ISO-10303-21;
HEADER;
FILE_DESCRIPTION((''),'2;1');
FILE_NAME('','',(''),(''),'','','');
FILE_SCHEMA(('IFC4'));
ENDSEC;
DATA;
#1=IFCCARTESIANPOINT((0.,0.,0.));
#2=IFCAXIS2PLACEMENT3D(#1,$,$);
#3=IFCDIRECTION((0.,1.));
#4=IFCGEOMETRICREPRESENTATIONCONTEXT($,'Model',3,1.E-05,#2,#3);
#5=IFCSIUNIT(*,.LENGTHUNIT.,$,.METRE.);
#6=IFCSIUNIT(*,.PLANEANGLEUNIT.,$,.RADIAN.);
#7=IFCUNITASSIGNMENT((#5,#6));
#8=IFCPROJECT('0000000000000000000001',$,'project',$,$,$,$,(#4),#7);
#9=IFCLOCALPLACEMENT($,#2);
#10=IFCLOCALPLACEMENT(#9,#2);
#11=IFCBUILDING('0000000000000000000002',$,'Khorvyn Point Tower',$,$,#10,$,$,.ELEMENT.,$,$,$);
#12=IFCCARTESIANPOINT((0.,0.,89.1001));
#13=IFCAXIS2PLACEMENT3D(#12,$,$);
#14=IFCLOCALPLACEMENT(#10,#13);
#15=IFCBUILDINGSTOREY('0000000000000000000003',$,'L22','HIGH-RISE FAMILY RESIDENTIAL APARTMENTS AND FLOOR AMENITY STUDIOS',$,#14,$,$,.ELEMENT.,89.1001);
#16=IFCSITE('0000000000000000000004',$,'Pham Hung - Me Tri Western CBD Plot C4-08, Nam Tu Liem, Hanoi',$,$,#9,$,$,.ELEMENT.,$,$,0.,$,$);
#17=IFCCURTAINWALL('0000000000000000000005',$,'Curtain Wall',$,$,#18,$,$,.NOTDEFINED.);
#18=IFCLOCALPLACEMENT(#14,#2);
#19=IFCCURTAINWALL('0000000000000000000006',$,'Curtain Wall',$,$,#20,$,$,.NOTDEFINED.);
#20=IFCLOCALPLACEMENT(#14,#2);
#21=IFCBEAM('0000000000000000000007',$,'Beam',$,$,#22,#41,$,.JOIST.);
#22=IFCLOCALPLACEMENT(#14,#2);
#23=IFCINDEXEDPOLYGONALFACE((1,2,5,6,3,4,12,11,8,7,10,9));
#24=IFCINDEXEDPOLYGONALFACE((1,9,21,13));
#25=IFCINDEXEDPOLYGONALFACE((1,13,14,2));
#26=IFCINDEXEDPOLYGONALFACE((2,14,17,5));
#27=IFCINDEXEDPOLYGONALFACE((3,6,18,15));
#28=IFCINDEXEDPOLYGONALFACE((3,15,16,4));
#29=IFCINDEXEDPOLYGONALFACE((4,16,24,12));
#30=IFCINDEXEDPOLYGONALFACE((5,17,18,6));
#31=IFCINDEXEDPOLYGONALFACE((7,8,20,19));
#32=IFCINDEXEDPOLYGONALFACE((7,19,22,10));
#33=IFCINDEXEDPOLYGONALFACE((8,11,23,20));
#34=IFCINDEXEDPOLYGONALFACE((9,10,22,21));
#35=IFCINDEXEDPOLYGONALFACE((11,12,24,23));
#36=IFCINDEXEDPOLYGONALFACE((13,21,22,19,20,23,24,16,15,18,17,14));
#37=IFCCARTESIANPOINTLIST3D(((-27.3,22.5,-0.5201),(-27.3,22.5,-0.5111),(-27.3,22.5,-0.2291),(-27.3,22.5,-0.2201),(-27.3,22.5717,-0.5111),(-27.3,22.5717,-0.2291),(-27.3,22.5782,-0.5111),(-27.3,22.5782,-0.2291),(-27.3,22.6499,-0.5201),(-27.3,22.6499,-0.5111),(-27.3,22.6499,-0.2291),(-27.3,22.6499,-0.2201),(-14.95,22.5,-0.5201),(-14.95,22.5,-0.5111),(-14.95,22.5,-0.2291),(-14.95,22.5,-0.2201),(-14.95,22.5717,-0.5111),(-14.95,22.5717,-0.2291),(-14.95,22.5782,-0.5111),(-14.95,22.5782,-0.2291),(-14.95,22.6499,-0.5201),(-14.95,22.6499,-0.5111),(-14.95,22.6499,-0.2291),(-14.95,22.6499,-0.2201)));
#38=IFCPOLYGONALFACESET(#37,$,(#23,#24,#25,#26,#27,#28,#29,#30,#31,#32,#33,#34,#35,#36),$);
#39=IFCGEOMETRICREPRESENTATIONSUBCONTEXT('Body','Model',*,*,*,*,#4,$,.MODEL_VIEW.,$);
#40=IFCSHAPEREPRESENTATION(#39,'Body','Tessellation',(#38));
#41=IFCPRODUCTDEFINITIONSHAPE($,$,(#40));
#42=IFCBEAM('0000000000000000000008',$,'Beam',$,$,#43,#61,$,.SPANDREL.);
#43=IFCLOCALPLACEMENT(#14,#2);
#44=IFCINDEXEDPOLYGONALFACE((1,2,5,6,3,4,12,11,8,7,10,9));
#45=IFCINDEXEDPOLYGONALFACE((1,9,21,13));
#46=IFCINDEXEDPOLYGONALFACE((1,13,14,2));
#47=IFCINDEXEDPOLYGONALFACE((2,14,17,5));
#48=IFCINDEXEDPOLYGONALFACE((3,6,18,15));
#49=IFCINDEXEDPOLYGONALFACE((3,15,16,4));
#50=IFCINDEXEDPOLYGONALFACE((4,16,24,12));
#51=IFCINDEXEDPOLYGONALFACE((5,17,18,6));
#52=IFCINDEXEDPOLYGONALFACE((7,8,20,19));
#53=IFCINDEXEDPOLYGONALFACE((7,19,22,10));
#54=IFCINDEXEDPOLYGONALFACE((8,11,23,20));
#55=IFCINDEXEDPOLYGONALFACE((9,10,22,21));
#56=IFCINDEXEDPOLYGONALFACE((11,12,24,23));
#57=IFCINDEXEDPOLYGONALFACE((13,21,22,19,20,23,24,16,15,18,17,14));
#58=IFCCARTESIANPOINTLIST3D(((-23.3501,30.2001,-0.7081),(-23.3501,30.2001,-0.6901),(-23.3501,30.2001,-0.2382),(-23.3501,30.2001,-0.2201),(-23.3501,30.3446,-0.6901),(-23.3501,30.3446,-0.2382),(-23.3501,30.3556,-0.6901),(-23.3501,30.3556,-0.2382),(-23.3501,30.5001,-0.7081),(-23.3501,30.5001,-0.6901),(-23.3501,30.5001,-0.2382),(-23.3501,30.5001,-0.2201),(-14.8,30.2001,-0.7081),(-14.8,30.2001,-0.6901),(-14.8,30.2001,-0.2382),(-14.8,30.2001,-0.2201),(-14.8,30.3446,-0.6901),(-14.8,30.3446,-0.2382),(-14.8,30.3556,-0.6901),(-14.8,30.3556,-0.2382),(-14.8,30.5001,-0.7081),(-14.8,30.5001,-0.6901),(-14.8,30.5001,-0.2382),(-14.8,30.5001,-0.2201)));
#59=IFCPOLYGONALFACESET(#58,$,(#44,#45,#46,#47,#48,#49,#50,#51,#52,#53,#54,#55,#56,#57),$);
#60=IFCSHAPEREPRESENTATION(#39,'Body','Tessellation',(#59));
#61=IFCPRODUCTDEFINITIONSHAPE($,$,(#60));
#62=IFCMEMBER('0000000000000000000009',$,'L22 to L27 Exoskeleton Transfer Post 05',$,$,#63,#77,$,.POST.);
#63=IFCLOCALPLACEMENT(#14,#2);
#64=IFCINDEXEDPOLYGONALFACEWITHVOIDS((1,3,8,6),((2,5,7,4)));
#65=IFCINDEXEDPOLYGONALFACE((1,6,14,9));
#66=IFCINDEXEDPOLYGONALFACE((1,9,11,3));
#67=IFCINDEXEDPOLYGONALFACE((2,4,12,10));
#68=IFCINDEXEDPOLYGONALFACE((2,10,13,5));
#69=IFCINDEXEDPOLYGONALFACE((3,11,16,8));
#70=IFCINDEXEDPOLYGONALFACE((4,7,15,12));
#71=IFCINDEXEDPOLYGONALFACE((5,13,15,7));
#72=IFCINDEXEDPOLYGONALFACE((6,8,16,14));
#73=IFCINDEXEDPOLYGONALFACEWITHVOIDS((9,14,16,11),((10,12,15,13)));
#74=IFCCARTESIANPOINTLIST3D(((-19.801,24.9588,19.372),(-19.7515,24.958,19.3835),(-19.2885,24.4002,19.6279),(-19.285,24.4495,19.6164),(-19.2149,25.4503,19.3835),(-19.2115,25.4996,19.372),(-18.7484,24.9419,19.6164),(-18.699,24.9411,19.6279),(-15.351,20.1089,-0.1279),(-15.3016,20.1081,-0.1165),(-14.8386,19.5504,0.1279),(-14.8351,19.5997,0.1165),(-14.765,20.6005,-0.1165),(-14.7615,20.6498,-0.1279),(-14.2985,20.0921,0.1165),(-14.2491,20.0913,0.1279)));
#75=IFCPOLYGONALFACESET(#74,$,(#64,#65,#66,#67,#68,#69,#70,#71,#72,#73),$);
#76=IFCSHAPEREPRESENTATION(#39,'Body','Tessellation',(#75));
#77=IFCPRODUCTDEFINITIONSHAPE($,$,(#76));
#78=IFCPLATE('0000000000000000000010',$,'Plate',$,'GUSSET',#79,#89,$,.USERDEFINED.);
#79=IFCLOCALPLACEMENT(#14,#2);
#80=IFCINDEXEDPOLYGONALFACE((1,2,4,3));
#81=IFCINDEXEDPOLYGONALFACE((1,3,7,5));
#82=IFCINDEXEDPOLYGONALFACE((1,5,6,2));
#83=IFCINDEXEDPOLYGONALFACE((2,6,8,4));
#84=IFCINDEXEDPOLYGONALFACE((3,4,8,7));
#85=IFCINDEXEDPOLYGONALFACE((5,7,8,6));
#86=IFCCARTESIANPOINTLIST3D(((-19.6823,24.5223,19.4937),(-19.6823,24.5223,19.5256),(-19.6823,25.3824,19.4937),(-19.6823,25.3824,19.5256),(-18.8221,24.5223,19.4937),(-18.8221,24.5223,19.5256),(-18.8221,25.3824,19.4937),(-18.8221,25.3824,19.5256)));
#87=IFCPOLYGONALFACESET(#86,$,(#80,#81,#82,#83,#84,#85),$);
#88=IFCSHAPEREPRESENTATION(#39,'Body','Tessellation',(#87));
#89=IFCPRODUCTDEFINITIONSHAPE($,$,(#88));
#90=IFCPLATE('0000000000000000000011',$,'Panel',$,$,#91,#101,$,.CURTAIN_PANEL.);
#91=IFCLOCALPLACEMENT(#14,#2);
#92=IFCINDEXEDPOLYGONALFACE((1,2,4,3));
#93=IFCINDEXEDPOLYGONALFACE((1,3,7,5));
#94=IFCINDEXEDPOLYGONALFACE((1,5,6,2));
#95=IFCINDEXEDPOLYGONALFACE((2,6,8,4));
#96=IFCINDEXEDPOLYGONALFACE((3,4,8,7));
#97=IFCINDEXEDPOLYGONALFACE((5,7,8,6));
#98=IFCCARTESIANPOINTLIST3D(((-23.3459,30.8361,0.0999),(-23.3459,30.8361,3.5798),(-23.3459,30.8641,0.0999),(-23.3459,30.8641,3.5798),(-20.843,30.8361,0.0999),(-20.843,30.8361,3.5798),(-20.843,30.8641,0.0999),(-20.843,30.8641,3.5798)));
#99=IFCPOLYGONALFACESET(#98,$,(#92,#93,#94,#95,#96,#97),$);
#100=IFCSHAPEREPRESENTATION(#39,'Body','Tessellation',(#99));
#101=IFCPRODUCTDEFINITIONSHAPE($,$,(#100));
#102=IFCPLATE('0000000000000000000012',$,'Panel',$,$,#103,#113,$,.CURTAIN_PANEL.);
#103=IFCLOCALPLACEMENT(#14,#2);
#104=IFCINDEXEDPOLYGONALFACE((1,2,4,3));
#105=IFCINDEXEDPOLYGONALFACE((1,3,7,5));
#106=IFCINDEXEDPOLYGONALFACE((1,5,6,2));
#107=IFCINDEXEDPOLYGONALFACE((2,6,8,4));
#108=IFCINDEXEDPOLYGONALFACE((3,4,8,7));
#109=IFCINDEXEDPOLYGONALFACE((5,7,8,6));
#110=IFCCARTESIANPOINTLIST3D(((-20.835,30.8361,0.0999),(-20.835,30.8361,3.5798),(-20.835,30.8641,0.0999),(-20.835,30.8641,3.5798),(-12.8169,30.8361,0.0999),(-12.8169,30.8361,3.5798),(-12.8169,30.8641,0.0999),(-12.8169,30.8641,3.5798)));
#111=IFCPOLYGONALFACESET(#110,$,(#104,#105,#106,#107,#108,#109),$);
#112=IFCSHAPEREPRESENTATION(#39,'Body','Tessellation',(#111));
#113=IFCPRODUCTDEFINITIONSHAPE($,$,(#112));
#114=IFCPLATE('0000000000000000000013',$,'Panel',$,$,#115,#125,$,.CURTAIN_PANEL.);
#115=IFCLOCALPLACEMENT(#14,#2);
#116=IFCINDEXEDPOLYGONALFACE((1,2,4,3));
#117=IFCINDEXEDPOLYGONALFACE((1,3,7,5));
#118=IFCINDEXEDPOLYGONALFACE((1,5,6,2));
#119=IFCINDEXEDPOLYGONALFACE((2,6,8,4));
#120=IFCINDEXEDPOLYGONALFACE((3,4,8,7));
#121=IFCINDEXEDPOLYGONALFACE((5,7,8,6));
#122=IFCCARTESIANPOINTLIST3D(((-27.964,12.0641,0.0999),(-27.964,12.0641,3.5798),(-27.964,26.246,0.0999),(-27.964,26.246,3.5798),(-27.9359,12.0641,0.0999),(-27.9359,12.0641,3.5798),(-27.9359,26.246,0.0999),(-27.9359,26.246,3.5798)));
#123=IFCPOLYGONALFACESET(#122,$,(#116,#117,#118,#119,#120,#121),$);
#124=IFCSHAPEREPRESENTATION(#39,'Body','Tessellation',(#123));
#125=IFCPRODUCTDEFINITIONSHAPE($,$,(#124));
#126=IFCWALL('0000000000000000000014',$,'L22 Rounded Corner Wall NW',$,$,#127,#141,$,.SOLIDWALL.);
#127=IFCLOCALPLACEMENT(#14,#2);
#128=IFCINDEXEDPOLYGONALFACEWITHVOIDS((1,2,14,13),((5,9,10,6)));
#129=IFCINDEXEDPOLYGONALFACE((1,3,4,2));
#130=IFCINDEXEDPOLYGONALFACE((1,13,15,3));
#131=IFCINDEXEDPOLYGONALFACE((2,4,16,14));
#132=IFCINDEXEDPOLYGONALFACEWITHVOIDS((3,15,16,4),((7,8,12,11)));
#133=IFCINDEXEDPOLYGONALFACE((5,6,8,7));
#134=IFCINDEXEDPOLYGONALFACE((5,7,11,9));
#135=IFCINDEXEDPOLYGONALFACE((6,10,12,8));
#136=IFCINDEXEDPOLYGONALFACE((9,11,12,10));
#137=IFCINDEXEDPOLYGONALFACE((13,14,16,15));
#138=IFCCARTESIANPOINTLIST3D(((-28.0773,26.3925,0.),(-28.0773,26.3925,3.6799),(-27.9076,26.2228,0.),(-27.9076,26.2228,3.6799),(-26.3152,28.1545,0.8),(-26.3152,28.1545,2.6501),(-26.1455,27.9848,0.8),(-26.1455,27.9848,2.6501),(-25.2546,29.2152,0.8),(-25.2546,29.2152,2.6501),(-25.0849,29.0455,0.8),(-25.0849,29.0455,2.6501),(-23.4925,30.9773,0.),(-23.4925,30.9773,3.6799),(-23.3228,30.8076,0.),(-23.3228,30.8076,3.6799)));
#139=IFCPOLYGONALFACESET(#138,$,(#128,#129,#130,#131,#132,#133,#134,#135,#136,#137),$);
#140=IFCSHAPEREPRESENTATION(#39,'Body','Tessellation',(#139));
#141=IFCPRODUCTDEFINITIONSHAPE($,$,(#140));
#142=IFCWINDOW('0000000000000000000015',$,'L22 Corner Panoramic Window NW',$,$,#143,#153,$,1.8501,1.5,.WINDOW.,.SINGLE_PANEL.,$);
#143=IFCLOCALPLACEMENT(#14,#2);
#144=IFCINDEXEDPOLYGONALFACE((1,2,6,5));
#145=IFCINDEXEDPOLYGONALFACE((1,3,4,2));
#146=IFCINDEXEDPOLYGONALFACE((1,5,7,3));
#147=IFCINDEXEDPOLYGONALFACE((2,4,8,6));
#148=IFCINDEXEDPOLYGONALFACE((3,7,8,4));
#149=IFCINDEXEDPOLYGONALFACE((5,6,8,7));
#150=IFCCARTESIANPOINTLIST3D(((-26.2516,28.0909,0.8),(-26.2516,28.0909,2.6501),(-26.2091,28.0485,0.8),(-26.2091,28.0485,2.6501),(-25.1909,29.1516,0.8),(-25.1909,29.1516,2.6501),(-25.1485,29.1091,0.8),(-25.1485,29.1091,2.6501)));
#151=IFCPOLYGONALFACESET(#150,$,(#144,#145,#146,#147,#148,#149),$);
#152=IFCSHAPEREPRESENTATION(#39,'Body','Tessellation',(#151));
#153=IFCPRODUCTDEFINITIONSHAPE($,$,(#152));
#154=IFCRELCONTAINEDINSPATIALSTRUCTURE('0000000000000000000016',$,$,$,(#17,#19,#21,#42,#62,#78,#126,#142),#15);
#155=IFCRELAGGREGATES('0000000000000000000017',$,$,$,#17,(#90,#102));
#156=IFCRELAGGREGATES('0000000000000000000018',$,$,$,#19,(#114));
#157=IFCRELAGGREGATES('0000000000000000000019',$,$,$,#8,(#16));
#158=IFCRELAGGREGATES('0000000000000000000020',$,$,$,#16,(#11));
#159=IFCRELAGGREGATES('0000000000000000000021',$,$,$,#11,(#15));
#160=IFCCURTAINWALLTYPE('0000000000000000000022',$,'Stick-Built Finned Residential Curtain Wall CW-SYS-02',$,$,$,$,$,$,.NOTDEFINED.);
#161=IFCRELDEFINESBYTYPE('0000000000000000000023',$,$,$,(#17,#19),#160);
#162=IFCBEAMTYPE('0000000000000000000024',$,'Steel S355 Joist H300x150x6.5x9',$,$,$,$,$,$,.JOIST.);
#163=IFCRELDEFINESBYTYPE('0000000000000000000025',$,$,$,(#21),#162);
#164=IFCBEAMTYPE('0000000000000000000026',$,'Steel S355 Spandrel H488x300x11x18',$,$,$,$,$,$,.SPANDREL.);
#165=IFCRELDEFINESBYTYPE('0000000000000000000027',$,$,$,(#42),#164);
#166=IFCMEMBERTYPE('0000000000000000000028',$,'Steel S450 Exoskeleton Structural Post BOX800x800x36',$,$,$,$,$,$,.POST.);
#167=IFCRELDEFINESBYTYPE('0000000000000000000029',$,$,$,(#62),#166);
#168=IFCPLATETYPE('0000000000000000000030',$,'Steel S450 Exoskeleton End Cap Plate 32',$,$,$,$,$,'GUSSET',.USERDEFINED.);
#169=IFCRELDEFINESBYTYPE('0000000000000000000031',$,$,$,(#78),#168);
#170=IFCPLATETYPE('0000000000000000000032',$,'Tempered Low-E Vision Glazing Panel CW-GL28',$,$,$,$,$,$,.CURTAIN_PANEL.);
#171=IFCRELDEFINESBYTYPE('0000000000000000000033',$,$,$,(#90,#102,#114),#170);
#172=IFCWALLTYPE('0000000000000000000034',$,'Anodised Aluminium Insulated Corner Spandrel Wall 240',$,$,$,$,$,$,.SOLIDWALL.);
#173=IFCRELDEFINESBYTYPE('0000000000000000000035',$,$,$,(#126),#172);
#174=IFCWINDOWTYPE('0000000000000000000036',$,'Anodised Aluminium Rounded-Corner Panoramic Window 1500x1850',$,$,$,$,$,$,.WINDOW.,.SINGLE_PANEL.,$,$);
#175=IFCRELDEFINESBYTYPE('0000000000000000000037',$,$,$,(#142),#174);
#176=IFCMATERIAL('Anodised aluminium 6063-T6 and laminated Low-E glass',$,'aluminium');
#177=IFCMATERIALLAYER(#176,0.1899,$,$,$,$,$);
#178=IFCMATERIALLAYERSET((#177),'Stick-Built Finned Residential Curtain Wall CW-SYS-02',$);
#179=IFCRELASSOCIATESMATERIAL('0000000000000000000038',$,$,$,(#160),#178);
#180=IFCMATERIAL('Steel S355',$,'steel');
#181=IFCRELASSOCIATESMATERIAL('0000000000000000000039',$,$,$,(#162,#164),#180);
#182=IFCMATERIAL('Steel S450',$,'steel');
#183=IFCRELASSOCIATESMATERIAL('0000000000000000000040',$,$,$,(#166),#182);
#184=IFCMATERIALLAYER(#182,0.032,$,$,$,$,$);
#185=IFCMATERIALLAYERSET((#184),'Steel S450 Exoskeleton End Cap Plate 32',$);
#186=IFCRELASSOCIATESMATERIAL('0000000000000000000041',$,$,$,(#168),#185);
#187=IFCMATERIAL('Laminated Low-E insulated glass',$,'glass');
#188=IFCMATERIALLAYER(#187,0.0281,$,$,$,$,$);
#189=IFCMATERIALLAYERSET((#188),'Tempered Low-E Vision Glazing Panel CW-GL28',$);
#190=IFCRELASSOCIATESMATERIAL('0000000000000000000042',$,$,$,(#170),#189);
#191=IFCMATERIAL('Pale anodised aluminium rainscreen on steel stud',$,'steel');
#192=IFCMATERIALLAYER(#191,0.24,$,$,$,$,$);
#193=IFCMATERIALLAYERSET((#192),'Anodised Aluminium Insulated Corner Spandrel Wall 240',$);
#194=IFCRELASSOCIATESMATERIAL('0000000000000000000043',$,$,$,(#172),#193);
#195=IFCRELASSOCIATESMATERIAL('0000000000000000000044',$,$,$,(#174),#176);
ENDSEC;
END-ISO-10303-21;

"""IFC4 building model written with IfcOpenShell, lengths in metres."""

from ifc_helpers import new_model, si_unit, direction, frame, frame_2d, origin, origin_2d, place, context, subcontext, project, spatial, rectangle, hollow_rectangle, i_section, extrude, material, layer, layer_set, material_profile, profile_set, type_object, element, fill, aggregate, save


model = new_model("IFC4")

# Units and contexts
model_context = context("Model", 3, precision=1e-05, world=origin(), true_north=direction((0.0, 1.0)))
body_context = subcontext(model_context, "Body", "Model", "MODEL_VIEW")
ifc_project = project(units=[si_unit("LENGTHUNIT", "METRE"), si_unit("PLANEANGLEUNIT", "RADIAN")], contexts=[model_context])

# Site, building, storey
site_placement = place(None, origin())
site = spatial("IfcSite", under=ifc_project, at=site_placement, Name="Pham Hung - Me Tri Western CBD Plot C4-08, Nam Tu Liem, Hanoi", CompositionType="ELEMENT", RefElevation=0.0)
building_placement = place(site_placement, origin())
building = spatial("IfcBuilding", under=site, at=building_placement, Name="Khorvyn Point Tower", CompositionType="ELEMENT")
storey_placement = place(building_placement, frame((0.0, 0.0, 89.1001)))
storey = spatial("IfcBuildingStorey", under=building, at=storey_placement, Name="L22", Description="HIGH-RISE FAMILY RESIDENTIAL APARTMENTS AND FLOOR AMENITY STUDIOS", CompositionType="ELEMENT", Elevation=89.1001)

# Shared definitions
ifc_material_1 = material(Name="Steel S450", Category="steel")

# Curtain walls
ifc_material_2 = material(Name="Anodised aluminium 6063-T6 and laminated Low-E glass", Category="aluminium")
ifc_layer_1 = layer(ifc_material_2, 0.1899)
ifc_layer_set_1 = layer_set([ifc_layer_1], Name="Stick-Built Finned Residential Curtain Wall CW-SYS-02")
curtain_wall_type = type_object("IfcCurtainWallType", Name="Stick-Built Finned Residential Curtain Wall CW-SYS-02", PredefinedType="NOTDEFINED", material=ifc_layer_set_1)
curtain_wall_1_placement = place(storey_placement, origin())
curtain_wall_1 = element("IfcCurtainWall", 1, at=curtain_wall_1_placement, inside=storey, type_object=curtain_wall_type, Name="Curtain Wall", PredefinedType="NOTDEFINED")
curtain_wall_2_placement = place(storey_placement, origin())
curtain_wall_2 = element("IfcCurtainWall", 2, at=curtain_wall_2_placement, inside=storey, type_object=curtain_wall_type, Name="Curtain Wall", PredefinedType="NOTDEFINED")

# Beams
ifc_material_3 = material(Name="Steel S355", Category="steel")
ifc_material_profile_1 = material_profile(ifc_material_3, i_section(OverallWidth=0.1499, OverallDepth=0.3, WebThickness=0.0066, FlangeThickness=0.009, at=origin_2d()))
ifc_profile_set_1 = profile_set([ifc_material_profile_1], Name="Steel S355 H300x150x6.5x9")
beam_type_1 = type_object("IfcBeamType", Name="Steel S355 Joist H300x150x6.5x9", PredefinedType="JOIST", material=ifc_profile_set_1)
beam_1_placement = place(storey_placement, frame((-27.3, 22.575, -0.3701), z_axis=(1.0, 0.0, 0.0), x_axis=(0.0, 1.0, 0.0)))
element("IfcBeam", 3, at=beam_1_placement, inside=storey, type_object=beam_type_1, Name="Beam", PredefinedType="JOIST", context=body_context, shape_type="SweptSolid", body=[
    extrude(i_section(OverallWidth=0.1499, OverallDepth=0.3, WebThickness=0.0066, FlangeThickness=0.009, at=origin_2d()), origin(), (0.0, 0.0, 1.0), 12.3501),
])
ifc_material_profile_2 = material_profile(ifc_material_3, i_section(OverallWidth=0.3, OverallDepth=0.488, WebThickness=0.011, FlangeThickness=0.0181, at=origin_2d()))
ifc_profile_set_2 = profile_set([ifc_material_profile_2], Name="Steel S355 H488x300x11x18")
beam_type_2 = type_object("IfcBeamType", Name="Steel S355 Spandrel H488x300x11x18", PredefinedType="SPANDREL", material=ifc_profile_set_2)
beam_2_placement = place(storey_placement, frame((-23.3501, 30.3501, -0.4641), z_axis=(1.0, 0.0, 0.0), x_axis=(0.0, 1.0, 0.0)))
element("IfcBeam", 4, at=beam_2_placement, inside=storey, type_object=beam_type_2, Name="Beam", PredefinedType="SPANDREL", context=body_context, shape_type="SweptSolid", body=[
    extrude(i_section(OverallWidth=0.3, OverallDepth=0.488, WebThickness=0.011, FlangeThickness=0.0181, at=origin_2d()), origin(), (0.0, 0.0, 1.0), 8.55),
])

# Member
ifc_material_profile_3 = material_profile(ifc_material_1, hollow_rectangle(XDim=0.8, YDim=0.8, WallThickness=0.0359, at=origin_2d()))
ifc_profile_set_3 = profile_set([ifc_material_profile_3], Name="Steel S450 BOX800x800x36")
member_type_1 = type_object("IfcMemberType", Name="Steel S450 Exoskeleton Structural Post BOX800x800x36", PredefinedType="POST", material=ifc_profile_set_3)
member_1_placement = place(storey_placement, frame((-14.8, 20.1001, 0.0), z_axis=(-0.216218, 0.235648, 0.947481), x_axis=(-0.736832, -0.676076, 0.0)))
element("IfcMember", 5, at=member_1_placement, inside=storey, type_object=member_type_1, Name="L22 to L27 Exoskeleton Transfer Post 05", PredefinedType="POST", context=body_context, shape_type="SweptSolid", body=[
    extrude(hollow_rectangle(XDim=0.8, YDim=0.8, WallThickness=0.0359, at=origin_2d()), origin(), (0.0, 0.0, 1.0), 20.5808),
])

# Plates
ifc_layer_2 = layer(ifc_material_1, 0.032)
ifc_layer_set_2 = layer_set([ifc_layer_2], Name="Steel S450 Exoskeleton End Cap Plate 32")
plate_type_1 = type_object("IfcPlateType", Name="Steel S450 Exoskeleton End Cap Plate 32", ElementType="GUSSET", PredefinedType="USERDEFINED", material=ifc_layer_set_2)
plate_1_placement = place(storey_placement, frame((-19.2522, 24.9524, 19.4937), z_axis=(0.0, 0.0, 1.0), x_axis=(1.0, 0.0, 0.0)))
element("IfcPlate", 6, at=plate_1_placement, inside=storey, type_object=plate_type_1, Name="Plate", ObjectType="GUSSET", PredefinedType="USERDEFINED", context=body_context, shape_type="SweptSolid", body=[
    extrude(rectangle(XDim=0.8601, YDim=0.8601, at=origin_2d()), origin(), (0.0, 0.0, 1.0), 0.032),
])
ifc_material_4 = material(Name="Laminated Low-E insulated glass", Category="glass")
ifc_layer_3 = layer(ifc_material_4, 0.0281)
ifc_layer_set_3 = layer_set([ifc_layer_3], Name="Tempered Low-E Vision Glazing Panel CW-GL28")
plate_type_2 = type_object("IfcPlateType", Name="Tempered Low-E Vision Glazing Panel CW-GL28", PredefinedType="CURTAIN_PANEL", material=ifc_layer_set_3)
plate_2_placement = place(storey_placement, frame((-22.0945, 30.8501, 0.0999), z_axis=(0.0, 0.0, 1.0), x_axis=(1.0, 0.0, 0.0)))
plate_2 = element("IfcPlate", 7, at=plate_2_placement, type_object=plate_type_2, Name="Panel", PredefinedType="CURTAIN_PANEL", context=body_context, shape_type="SweptSolid", body=[
    extrude(rectangle(XDim=2.5029, YDim=0.0281, at=origin_2d()), origin(), (0.0, 0.0, 1.0), 3.48),
])
plate_3_placement = place(storey_placement, frame((-16.8259, 30.8501, 0.0999), z_axis=(0.0, 0.0, 1.0), x_axis=(1.0, 0.0, 0.0)))
plate_3 = element("IfcPlate", 8, at=plate_3_placement, type_object=plate_type_2, Name="Panel", PredefinedType="CURTAIN_PANEL", context=body_context, shape_type="SweptSolid", body=[
    extrude(rectangle(XDim=8.0181, YDim=0.0281, at=origin_2d()), origin(), (0.0, 0.0, 1.0), 3.48),
])
aggregate(curtain_wall_1, [plate_2, plate_3])
plate_4_placement = place(storey_placement, frame((-27.95, 19.155, 0.0999), z_axis=(0.0, 0.0, 1.0), x_axis=(0.0, 1.0, 0.0)))
plate_4 = element("IfcPlate", 9, at=plate_4_placement, type_object=plate_type_2, Name="Panel", PredefinedType="CURTAIN_PANEL", context=body_context, shape_type="SweptSolid", body=[
    extrude(rectangle(XDim=14.1819, YDim=0.0281, at=origin_2d()), origin(), (0.0, 0.0, 1.0), 3.48),
])
aggregate(curtain_wall_2, [plate_4])

# Wall, opening, window
ifc_material_5 = material(Name="Pale anodised aluminium rainscreen on steel stud", Category="steel")
ifc_layer_4 = layer(ifc_material_5, 0.24)
ifc_layer_set_4 = layer_set([ifc_layer_4], Name="Anodised Aluminium Insulated Corner Spandrel Wall 240")
wall_type_1 = type_object("IfcWallType", Name="Anodised Aluminium Insulated Corner Spandrel Wall 240", PredefinedType="SOLIDWALL", material=ifc_layer_set_4)
wall_1_placement = place(storey_placement, frame((-27.9924, 26.3076, 0.0), z_axis=(0.0, 0.0, 1.0), x_axis=(0.707107, 0.707107, 0.0)))
wall_1 = element("IfcWall", 10, at=wall_1_placement, inside=storey, type_object=wall_type_1, Name="L22 Rounded Corner Wall NW", PredefinedType="SOLIDWALL", context=body_context, shape_type="SweptSolid", body=[
    extrude(rectangle(XDim=6.4839, YDim=0.24, at=frame_2d((3.2419, 0.0))), origin(), (0.0, 0.0, 1.0), 3.6799),
])
opening_1_placement = place(wall_1_placement, frame((2.4919, 0.0, 0.8)))
opening_1 = element("IfcOpeningElement", 11, at=opening_1_placement, cuts=wall_1, PredefinedType="OPENING", context=body_context, shape_type="SweptSolid", body=[
    extrude(rectangle(XDim=1.5, YDim=1.8501, at=frame_2d((0.75, 0.925))), frame((0.0, 0.1299, 0.0), z_axis=(0.0, -1.0, 0.0), x_axis=(1.0, 0.0, 0.0)), (0.0, 0.0, 1.0), 0.26),
])
window_type = type_object("IfcWindowType", Name="Anodised Aluminium Rounded-Corner Panoramic Window 1500x1850", PartitioningType="SINGLE_PANEL", PredefinedType="WINDOW", material=ifc_material_2)
window_placement = place(opening_1_placement, origin())
window = element("IfcWindow", 12, at=window_placement, inside=storey, type_object=window_type, Name="L22 Corner Panoramic Window NW", OverallHeight=1.8501, OverallWidth=1.5, PartitioningType="SINGLE_PANEL", PredefinedType="WINDOW", context=body_context, shape_type="SweptSolid", body=[
    extrude(rectangle(XDim=1.5, YDim=1.8501, at=frame_2d((0.75, 0.925))), frame((0.0, 0.03, 0.0), z_axis=(0.0, -1.0, 0.0), x_axis=(1.0, 0.0, 0.0)), (0.0, 0.0, 1.0), 0.0601),
])
fill(opening_1, window)

save(model, "model.ifc")
